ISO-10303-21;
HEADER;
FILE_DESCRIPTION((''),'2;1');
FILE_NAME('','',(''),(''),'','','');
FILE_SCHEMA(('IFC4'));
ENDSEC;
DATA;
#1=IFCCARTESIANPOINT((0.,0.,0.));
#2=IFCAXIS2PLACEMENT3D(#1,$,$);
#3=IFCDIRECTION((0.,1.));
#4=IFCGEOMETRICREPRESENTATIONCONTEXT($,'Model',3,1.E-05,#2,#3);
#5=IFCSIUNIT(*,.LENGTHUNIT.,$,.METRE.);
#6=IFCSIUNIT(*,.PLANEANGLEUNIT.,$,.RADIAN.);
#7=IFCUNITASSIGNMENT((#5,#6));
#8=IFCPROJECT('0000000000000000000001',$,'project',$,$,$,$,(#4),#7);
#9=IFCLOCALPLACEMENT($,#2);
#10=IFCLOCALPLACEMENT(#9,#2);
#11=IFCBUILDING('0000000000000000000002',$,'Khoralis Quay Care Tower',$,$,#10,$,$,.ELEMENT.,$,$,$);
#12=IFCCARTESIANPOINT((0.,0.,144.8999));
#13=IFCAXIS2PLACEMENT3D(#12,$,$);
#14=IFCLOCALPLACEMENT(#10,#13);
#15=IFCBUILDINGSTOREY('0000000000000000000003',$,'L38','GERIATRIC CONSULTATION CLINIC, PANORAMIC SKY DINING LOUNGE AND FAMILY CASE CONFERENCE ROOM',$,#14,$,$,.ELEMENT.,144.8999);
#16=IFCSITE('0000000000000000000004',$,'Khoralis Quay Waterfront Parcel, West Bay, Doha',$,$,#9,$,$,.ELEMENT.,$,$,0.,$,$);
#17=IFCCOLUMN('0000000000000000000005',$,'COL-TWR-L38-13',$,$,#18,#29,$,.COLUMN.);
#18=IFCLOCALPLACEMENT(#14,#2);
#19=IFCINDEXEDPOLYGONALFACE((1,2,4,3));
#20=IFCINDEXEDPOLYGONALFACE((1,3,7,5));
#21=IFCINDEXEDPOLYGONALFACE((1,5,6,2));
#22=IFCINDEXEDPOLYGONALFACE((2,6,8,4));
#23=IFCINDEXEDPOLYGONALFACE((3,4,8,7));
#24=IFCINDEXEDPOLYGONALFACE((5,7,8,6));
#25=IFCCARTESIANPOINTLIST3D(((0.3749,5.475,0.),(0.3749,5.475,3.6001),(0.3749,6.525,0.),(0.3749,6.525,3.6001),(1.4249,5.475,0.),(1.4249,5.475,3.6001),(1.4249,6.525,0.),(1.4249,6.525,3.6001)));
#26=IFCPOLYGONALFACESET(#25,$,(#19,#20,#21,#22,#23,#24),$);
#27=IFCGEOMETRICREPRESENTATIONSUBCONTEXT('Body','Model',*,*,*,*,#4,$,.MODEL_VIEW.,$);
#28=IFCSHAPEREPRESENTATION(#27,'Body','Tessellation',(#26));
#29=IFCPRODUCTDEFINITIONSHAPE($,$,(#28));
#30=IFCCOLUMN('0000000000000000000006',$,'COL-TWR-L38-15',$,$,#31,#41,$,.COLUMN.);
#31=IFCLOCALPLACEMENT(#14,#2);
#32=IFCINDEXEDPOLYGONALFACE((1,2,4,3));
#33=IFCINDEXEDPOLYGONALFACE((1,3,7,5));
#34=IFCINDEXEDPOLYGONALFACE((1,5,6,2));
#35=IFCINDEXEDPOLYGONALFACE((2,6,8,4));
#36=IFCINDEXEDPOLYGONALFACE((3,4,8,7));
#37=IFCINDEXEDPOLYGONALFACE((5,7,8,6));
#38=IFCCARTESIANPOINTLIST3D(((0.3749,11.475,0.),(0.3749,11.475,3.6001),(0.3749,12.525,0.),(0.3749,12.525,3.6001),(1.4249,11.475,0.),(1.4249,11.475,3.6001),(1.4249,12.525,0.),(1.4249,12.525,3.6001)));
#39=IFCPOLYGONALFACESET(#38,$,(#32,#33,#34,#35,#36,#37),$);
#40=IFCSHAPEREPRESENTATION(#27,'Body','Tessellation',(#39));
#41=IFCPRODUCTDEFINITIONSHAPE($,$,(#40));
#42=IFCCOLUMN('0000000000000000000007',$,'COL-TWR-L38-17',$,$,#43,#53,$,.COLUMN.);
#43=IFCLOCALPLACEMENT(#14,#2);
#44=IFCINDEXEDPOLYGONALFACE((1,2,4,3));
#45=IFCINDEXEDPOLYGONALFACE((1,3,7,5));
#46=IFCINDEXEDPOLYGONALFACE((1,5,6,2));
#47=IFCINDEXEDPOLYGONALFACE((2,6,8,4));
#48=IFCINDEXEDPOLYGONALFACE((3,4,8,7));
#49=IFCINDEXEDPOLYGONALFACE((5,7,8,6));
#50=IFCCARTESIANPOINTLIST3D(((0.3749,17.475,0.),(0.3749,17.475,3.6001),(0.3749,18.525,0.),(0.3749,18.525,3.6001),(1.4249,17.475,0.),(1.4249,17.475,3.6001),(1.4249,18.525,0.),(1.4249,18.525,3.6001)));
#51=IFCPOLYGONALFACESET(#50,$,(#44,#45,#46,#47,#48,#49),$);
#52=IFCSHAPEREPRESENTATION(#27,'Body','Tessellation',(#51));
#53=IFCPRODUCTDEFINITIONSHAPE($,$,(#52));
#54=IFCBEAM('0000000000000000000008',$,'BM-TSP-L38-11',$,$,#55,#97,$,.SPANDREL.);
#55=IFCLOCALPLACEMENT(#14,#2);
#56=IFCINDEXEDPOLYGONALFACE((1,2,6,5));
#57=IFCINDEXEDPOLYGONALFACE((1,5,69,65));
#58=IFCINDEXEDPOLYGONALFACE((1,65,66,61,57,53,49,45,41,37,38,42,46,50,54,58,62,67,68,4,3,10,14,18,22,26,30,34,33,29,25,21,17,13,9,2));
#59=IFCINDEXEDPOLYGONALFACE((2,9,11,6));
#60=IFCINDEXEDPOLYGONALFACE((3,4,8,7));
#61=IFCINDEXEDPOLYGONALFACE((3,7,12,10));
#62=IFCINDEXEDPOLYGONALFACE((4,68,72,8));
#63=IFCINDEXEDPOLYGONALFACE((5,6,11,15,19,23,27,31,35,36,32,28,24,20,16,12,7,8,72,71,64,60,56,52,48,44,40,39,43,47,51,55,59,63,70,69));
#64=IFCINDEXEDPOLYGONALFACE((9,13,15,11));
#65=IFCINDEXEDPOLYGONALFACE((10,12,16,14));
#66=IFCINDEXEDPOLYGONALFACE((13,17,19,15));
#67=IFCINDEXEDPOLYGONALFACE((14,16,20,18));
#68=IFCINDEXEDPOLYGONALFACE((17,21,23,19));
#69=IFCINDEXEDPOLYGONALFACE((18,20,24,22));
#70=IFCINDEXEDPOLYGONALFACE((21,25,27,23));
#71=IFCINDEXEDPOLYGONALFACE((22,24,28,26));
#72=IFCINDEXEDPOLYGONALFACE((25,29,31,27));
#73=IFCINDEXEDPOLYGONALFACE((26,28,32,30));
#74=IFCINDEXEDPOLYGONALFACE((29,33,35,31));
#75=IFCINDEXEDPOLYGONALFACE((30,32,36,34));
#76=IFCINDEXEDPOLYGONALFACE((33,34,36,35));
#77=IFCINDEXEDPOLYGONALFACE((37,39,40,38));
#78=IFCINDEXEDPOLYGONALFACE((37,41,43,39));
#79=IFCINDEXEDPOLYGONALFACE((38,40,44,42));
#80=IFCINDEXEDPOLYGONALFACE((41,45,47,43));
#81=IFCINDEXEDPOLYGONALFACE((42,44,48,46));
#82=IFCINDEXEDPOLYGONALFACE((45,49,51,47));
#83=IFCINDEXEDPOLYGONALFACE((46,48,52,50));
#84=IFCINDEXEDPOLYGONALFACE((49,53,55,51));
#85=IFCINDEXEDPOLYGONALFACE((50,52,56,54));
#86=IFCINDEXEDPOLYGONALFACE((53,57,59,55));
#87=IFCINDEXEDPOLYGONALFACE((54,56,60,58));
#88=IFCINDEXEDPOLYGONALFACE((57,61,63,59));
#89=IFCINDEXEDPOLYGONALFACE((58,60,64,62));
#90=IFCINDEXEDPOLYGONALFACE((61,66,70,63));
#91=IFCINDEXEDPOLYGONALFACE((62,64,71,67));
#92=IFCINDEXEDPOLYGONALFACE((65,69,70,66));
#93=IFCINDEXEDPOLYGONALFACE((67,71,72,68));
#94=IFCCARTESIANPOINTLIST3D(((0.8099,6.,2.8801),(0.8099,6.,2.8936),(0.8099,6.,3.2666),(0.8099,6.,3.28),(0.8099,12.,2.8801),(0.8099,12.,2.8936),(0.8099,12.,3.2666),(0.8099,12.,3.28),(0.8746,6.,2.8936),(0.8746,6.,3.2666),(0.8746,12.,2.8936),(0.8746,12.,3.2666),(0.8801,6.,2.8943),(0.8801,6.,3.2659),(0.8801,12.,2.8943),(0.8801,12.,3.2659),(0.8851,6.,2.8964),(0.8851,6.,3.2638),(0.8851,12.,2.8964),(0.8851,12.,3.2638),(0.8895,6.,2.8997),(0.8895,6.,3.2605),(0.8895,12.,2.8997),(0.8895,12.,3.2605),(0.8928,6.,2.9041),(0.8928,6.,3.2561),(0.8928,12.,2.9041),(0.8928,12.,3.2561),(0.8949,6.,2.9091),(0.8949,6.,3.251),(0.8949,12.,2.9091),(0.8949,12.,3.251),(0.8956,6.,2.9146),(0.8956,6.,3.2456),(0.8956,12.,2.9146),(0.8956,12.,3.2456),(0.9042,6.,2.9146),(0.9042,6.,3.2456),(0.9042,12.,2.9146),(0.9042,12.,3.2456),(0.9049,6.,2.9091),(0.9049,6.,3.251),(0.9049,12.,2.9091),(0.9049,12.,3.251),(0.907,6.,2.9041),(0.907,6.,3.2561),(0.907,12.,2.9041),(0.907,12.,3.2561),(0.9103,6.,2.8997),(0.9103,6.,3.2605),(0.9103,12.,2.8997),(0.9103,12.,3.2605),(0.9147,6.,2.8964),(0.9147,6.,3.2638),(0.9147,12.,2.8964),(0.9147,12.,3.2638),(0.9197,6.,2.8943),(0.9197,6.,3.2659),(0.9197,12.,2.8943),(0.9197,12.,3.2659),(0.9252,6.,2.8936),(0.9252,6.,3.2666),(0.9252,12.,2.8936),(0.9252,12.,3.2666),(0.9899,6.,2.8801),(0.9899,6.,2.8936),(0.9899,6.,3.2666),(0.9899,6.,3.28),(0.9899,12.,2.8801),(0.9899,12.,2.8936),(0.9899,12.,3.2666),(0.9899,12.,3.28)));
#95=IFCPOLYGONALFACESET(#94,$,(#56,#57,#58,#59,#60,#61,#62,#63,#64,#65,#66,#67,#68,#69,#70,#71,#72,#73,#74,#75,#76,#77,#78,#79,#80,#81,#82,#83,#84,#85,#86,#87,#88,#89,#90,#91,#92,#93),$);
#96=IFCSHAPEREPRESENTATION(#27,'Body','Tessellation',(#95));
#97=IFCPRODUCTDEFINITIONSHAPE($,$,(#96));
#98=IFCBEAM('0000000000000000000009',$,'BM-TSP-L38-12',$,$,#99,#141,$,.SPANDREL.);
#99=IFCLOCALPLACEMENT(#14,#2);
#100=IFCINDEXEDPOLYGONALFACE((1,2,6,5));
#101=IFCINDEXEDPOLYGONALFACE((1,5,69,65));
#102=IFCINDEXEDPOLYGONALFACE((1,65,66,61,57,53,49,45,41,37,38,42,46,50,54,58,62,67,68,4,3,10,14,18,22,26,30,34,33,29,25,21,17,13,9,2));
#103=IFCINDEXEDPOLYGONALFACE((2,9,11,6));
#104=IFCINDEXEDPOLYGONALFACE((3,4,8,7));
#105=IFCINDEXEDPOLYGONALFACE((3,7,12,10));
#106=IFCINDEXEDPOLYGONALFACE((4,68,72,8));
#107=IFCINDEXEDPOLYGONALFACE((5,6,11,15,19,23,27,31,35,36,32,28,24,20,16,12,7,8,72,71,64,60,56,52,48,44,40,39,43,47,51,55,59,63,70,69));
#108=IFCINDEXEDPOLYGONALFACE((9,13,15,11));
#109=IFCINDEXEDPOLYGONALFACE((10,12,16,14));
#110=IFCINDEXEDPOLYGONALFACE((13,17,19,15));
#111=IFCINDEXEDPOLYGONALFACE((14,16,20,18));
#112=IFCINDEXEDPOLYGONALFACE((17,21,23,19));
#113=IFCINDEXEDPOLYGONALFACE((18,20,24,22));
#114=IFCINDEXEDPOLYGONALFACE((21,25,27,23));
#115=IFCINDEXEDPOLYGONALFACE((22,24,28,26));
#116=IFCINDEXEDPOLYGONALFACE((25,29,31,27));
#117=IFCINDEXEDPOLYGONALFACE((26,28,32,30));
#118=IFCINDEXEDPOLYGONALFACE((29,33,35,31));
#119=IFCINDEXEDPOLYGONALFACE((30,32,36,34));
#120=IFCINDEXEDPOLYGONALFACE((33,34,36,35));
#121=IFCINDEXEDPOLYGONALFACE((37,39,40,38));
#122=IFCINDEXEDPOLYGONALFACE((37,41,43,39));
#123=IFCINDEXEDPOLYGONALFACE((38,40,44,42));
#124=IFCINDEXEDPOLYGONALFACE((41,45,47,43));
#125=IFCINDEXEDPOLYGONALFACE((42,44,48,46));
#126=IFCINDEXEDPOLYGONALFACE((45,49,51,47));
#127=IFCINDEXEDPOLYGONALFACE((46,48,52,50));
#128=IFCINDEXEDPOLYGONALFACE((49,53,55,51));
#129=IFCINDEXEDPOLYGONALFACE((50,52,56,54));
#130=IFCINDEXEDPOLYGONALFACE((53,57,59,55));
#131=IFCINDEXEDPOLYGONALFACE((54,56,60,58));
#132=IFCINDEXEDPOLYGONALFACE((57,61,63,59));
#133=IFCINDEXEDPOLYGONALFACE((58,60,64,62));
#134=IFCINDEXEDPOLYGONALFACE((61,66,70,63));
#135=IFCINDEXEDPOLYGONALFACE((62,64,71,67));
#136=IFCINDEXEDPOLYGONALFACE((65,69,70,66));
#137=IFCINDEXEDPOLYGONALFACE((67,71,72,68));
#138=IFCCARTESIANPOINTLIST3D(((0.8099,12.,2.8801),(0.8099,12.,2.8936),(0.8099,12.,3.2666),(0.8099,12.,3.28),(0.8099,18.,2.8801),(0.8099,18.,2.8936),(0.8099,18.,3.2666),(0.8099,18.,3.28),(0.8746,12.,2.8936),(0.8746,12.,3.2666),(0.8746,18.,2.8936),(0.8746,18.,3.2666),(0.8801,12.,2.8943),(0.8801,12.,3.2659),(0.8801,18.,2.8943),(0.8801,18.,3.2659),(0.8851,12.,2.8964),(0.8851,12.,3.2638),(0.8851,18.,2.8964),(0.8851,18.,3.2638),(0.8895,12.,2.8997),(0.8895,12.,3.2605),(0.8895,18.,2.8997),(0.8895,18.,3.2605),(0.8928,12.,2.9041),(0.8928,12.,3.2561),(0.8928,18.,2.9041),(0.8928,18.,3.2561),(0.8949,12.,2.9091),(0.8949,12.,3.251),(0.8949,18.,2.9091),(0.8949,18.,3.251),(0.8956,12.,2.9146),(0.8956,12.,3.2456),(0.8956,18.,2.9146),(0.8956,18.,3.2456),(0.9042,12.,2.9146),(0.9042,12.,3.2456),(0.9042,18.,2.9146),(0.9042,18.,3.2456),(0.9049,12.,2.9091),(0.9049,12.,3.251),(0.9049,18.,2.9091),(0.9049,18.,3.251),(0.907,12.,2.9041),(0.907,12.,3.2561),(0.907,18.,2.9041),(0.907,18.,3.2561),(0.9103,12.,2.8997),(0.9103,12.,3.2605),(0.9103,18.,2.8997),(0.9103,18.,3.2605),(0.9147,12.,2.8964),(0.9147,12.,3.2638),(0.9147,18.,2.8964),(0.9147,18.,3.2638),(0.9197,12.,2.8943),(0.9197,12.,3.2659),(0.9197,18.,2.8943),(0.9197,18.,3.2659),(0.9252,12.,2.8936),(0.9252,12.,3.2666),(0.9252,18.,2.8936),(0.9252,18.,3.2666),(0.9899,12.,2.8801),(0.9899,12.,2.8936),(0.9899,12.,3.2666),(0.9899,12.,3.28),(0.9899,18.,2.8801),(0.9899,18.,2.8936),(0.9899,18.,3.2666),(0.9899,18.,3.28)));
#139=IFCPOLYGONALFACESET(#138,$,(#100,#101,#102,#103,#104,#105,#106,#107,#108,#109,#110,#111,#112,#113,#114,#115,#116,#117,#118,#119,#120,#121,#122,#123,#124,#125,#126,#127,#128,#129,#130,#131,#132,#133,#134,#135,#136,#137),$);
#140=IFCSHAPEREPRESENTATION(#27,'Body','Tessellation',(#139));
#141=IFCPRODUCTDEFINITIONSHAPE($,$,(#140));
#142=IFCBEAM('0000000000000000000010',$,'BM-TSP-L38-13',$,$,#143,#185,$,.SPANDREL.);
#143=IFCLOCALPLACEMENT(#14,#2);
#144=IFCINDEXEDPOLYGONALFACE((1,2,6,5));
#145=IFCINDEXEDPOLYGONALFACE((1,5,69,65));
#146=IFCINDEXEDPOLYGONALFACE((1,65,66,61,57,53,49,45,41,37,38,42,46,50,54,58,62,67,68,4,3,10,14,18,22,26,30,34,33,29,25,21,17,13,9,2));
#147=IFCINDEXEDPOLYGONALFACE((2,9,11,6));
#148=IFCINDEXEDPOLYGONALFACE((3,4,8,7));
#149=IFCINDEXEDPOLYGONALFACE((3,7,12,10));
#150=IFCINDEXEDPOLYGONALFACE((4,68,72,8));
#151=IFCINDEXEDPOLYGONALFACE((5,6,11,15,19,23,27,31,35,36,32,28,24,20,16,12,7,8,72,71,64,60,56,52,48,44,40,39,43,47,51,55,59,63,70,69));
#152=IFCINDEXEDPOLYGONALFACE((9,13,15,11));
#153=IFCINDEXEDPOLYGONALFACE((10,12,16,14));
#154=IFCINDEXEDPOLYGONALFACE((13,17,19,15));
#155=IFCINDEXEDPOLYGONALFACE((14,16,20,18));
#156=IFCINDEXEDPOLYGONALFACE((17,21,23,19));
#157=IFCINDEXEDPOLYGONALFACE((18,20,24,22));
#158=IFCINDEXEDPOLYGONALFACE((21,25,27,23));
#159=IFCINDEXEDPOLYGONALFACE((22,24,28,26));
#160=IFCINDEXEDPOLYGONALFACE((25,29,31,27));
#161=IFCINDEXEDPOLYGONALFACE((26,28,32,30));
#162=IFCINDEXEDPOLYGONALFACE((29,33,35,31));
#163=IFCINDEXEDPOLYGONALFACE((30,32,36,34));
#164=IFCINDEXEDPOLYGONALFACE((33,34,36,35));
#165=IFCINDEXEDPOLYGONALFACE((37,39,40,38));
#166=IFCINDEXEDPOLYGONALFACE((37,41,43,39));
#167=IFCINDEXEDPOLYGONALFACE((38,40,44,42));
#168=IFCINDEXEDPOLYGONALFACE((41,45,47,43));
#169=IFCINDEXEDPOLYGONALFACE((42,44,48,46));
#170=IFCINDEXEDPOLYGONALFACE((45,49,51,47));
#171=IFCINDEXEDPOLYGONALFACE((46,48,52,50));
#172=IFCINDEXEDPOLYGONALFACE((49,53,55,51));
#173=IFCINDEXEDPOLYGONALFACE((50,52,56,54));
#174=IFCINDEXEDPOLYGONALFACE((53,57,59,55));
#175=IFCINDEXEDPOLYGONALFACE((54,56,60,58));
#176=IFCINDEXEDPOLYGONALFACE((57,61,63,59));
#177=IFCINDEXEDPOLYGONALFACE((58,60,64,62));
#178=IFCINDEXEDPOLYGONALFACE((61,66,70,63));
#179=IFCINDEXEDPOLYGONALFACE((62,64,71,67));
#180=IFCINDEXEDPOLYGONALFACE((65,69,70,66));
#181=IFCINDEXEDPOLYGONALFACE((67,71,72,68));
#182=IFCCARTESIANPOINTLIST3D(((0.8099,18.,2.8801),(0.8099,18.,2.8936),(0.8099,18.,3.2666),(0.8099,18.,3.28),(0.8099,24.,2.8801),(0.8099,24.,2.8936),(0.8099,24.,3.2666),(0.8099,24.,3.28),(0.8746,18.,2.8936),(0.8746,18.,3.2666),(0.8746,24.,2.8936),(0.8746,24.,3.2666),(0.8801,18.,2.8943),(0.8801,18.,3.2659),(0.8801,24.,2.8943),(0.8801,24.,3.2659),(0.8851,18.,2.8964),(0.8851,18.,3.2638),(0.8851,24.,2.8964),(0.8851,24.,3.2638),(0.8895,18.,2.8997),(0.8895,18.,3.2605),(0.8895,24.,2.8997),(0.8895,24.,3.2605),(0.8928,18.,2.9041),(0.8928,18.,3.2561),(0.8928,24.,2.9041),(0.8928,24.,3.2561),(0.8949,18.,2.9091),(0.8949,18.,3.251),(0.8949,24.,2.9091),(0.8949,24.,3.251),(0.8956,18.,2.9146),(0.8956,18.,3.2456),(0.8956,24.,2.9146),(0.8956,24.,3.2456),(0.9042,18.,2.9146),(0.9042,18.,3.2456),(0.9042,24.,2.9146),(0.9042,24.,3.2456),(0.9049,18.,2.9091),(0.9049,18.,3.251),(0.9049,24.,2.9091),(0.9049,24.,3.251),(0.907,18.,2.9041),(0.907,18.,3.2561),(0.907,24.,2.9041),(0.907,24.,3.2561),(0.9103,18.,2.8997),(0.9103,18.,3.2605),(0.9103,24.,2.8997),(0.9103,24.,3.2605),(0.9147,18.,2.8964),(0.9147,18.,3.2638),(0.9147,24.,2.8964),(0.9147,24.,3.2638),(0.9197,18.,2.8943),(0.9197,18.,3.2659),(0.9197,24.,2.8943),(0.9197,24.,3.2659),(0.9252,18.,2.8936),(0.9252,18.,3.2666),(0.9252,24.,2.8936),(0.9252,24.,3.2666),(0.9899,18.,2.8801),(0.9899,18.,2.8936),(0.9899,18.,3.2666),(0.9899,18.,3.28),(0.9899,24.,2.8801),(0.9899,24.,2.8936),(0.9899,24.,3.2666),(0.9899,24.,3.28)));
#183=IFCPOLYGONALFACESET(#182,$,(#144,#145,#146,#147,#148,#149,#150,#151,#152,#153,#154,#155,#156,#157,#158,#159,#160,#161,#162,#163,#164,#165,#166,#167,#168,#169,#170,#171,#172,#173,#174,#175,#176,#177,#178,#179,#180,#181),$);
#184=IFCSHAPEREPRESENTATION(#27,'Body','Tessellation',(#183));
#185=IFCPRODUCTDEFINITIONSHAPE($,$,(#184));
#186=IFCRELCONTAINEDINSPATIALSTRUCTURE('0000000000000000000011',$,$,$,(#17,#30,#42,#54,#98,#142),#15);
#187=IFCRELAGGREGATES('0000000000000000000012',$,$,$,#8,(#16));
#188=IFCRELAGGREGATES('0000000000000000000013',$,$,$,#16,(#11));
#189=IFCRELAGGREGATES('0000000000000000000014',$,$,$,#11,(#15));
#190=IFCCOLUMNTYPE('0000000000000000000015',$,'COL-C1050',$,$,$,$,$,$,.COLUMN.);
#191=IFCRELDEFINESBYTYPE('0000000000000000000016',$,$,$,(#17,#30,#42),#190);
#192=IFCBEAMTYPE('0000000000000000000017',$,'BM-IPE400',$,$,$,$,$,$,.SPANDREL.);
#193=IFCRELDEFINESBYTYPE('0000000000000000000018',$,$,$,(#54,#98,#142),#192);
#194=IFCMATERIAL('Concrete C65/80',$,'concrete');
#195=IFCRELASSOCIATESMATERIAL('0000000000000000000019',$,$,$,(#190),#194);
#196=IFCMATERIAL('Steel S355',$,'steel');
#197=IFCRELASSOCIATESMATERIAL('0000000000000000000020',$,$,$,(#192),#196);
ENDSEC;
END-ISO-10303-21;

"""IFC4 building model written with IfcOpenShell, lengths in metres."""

from ifc_helpers import new_model, si_unit, direction, frame, origin, origin_2d, place, context, subcontext, project, spatial, rectangle, i_section, extrude, source, transform, mapped, material, material_profile, profile_set, type_object, element, save


model = new_model("IFC4")

# Units and contexts
model_context = context("Model", 3, precision=1e-05, world=origin(), true_north=direction((0.0, 1.0)))
body_context = subcontext(model_context, "Body", "Model", "MODEL_VIEW")
ifc_project = project(units=[si_unit("LENGTHUNIT", "METRE"), si_unit("PLANEANGLEUNIT", "RADIAN")], contexts=[model_context])

# Site, building, storey
site_placement = place(None, origin())
site = spatial("IfcSite", under=ifc_project, at=site_placement, Name="Khoralis Quay Waterfront Parcel, West Bay, Doha", CompositionType="ELEMENT", RefElevation=0.0)
building_placement = place(site_placement, origin())
building = spatial("IfcBuilding", under=site, at=building_placement, Name="Khoralis Quay Care Tower", CompositionType="ELEMENT")
storey_placement = place(building_placement, frame((0.0, 0.0, 144.8999)))
storey = spatial("IfcBuildingStorey", under=building, at=storey_placement, Name="L38", Description="GERIATRIC CONSULTATION CLINIC, PANORAMIC SKY DINING LOUNGE AND FAMILY CASE CONFERENCE ROOM", CompositionType="ELEMENT", Elevation=144.8999)

# Columns
ifc_material_1 = material(Name="Concrete C65/80", Category="concrete")
ifc_material_profile_1 = material_profile(ifc_material_1, rectangle(XDim=1.05, YDim=1.05, at=origin_2d()), Name="Concrete C65/80")
ifc_profile_set_1 = profile_set([ifc_material_profile_1], Name="Concrete C65/80")
column_type = type_object("IfcColumnType", Name="COL-C1050", PredefinedType="COLUMN", material=ifc_profile_set_1)
shared_shape_1 = source(origin(), body_context, "Body", "SweptSolid", [
    extrude(rectangle(XDim=1.05, YDim=1.05, at=origin_2d()), origin(), (0.0, 0.0, 1.0), 3.6001),
])
for number, where, z_axis, x_axis, name in (
    (1, (0.8999, 6.0, 0.0), (0.0, 0.0, 1.0), (1.0, 0.0, 0.0), "COL-TWR-L38-13"),
    (2, (0.8999, 12.0, 0.0), (0.0, 0.0, 1.0), (1.0, 0.0, 0.0), "COL-TWR-L38-15"),
    (3, (0.8999, 18.0, 0.0), (0.0, 0.0, 1.0), (1.0, 0.0, 0.0), "COL-TWR-L38-17"),
):
    element("IfcColumn", number, at=place(storey_placement, frame(where, z_axis=z_axis, x_axis=x_axis)), inside=storey, type_object=column_type, Name=name, PredefinedType="COLUMN", context=body_context, shape_type="MappedRepresentation", body=[
        mapped(shared_shape_1, transform((0.0, 0.0, 0.0), scale=1.0)),
    ])

# Beams
ifc_material_2 = material(Name="Steel S355", Category="steel")
ifc_material_profile_2 = material_profile(ifc_material_2, i_section(OverallWidth=0.1799, OverallDepth=0.3999, WebThickness=0.0085, FlangeThickness=0.0134, FilletRadius=0.021, at=origin_2d()), Name="Steel S355")
ifc_profile_set_2 = profile_set([ifc_material_profile_2], Name="Steel S355")
beam_type_1 = type_object("IfcBeamType", Name="BM-IPE400", PredefinedType="SPANDREL", material=ifc_profile_set_2)
shared_shape_2 = source(origin(), body_context, "Body", "SweptSolid", [
    extrude(i_section(OverallWidth=0.1799, OverallDepth=0.3999, WebThickness=0.0085, FlangeThickness=0.0134, FilletRadius=0.021, at=origin_2d()), origin(), (0.0, 0.0, 1.0), 6.0),
])
for number, where, z_axis, x_axis, name in (
    (4, (0.8999, 6.0, 3.0801), (0.0, 1.0, 0.0), (-1.0, 0.0, 0.0), "BM-TSP-L38-11"),
    (5, (0.8999, 12.0, 3.0801), (0.0, 1.0, 0.0), (-1.0, 0.0, 0.0), "BM-TSP-L38-12"),
    (6, (0.8999, 18.0, 3.0801), (0.0, 1.0, 0.0), (-1.0, 0.0, 0.0), "BM-TSP-L38-13"),
):
    element("IfcBeam", number, at=place(storey_placement, frame(where, z_axis=z_axis, x_axis=x_axis)), inside=storey, type_object=beam_type_1, Name=name, PredefinedType="SPANDREL", context=body_context, shape_type="MappedRepresentation", body=[
        mapped(shared_shape_2, transform((0.0, 0.0, 0.0), scale=1.0)),
    ])

save(model, "model.ifc")
